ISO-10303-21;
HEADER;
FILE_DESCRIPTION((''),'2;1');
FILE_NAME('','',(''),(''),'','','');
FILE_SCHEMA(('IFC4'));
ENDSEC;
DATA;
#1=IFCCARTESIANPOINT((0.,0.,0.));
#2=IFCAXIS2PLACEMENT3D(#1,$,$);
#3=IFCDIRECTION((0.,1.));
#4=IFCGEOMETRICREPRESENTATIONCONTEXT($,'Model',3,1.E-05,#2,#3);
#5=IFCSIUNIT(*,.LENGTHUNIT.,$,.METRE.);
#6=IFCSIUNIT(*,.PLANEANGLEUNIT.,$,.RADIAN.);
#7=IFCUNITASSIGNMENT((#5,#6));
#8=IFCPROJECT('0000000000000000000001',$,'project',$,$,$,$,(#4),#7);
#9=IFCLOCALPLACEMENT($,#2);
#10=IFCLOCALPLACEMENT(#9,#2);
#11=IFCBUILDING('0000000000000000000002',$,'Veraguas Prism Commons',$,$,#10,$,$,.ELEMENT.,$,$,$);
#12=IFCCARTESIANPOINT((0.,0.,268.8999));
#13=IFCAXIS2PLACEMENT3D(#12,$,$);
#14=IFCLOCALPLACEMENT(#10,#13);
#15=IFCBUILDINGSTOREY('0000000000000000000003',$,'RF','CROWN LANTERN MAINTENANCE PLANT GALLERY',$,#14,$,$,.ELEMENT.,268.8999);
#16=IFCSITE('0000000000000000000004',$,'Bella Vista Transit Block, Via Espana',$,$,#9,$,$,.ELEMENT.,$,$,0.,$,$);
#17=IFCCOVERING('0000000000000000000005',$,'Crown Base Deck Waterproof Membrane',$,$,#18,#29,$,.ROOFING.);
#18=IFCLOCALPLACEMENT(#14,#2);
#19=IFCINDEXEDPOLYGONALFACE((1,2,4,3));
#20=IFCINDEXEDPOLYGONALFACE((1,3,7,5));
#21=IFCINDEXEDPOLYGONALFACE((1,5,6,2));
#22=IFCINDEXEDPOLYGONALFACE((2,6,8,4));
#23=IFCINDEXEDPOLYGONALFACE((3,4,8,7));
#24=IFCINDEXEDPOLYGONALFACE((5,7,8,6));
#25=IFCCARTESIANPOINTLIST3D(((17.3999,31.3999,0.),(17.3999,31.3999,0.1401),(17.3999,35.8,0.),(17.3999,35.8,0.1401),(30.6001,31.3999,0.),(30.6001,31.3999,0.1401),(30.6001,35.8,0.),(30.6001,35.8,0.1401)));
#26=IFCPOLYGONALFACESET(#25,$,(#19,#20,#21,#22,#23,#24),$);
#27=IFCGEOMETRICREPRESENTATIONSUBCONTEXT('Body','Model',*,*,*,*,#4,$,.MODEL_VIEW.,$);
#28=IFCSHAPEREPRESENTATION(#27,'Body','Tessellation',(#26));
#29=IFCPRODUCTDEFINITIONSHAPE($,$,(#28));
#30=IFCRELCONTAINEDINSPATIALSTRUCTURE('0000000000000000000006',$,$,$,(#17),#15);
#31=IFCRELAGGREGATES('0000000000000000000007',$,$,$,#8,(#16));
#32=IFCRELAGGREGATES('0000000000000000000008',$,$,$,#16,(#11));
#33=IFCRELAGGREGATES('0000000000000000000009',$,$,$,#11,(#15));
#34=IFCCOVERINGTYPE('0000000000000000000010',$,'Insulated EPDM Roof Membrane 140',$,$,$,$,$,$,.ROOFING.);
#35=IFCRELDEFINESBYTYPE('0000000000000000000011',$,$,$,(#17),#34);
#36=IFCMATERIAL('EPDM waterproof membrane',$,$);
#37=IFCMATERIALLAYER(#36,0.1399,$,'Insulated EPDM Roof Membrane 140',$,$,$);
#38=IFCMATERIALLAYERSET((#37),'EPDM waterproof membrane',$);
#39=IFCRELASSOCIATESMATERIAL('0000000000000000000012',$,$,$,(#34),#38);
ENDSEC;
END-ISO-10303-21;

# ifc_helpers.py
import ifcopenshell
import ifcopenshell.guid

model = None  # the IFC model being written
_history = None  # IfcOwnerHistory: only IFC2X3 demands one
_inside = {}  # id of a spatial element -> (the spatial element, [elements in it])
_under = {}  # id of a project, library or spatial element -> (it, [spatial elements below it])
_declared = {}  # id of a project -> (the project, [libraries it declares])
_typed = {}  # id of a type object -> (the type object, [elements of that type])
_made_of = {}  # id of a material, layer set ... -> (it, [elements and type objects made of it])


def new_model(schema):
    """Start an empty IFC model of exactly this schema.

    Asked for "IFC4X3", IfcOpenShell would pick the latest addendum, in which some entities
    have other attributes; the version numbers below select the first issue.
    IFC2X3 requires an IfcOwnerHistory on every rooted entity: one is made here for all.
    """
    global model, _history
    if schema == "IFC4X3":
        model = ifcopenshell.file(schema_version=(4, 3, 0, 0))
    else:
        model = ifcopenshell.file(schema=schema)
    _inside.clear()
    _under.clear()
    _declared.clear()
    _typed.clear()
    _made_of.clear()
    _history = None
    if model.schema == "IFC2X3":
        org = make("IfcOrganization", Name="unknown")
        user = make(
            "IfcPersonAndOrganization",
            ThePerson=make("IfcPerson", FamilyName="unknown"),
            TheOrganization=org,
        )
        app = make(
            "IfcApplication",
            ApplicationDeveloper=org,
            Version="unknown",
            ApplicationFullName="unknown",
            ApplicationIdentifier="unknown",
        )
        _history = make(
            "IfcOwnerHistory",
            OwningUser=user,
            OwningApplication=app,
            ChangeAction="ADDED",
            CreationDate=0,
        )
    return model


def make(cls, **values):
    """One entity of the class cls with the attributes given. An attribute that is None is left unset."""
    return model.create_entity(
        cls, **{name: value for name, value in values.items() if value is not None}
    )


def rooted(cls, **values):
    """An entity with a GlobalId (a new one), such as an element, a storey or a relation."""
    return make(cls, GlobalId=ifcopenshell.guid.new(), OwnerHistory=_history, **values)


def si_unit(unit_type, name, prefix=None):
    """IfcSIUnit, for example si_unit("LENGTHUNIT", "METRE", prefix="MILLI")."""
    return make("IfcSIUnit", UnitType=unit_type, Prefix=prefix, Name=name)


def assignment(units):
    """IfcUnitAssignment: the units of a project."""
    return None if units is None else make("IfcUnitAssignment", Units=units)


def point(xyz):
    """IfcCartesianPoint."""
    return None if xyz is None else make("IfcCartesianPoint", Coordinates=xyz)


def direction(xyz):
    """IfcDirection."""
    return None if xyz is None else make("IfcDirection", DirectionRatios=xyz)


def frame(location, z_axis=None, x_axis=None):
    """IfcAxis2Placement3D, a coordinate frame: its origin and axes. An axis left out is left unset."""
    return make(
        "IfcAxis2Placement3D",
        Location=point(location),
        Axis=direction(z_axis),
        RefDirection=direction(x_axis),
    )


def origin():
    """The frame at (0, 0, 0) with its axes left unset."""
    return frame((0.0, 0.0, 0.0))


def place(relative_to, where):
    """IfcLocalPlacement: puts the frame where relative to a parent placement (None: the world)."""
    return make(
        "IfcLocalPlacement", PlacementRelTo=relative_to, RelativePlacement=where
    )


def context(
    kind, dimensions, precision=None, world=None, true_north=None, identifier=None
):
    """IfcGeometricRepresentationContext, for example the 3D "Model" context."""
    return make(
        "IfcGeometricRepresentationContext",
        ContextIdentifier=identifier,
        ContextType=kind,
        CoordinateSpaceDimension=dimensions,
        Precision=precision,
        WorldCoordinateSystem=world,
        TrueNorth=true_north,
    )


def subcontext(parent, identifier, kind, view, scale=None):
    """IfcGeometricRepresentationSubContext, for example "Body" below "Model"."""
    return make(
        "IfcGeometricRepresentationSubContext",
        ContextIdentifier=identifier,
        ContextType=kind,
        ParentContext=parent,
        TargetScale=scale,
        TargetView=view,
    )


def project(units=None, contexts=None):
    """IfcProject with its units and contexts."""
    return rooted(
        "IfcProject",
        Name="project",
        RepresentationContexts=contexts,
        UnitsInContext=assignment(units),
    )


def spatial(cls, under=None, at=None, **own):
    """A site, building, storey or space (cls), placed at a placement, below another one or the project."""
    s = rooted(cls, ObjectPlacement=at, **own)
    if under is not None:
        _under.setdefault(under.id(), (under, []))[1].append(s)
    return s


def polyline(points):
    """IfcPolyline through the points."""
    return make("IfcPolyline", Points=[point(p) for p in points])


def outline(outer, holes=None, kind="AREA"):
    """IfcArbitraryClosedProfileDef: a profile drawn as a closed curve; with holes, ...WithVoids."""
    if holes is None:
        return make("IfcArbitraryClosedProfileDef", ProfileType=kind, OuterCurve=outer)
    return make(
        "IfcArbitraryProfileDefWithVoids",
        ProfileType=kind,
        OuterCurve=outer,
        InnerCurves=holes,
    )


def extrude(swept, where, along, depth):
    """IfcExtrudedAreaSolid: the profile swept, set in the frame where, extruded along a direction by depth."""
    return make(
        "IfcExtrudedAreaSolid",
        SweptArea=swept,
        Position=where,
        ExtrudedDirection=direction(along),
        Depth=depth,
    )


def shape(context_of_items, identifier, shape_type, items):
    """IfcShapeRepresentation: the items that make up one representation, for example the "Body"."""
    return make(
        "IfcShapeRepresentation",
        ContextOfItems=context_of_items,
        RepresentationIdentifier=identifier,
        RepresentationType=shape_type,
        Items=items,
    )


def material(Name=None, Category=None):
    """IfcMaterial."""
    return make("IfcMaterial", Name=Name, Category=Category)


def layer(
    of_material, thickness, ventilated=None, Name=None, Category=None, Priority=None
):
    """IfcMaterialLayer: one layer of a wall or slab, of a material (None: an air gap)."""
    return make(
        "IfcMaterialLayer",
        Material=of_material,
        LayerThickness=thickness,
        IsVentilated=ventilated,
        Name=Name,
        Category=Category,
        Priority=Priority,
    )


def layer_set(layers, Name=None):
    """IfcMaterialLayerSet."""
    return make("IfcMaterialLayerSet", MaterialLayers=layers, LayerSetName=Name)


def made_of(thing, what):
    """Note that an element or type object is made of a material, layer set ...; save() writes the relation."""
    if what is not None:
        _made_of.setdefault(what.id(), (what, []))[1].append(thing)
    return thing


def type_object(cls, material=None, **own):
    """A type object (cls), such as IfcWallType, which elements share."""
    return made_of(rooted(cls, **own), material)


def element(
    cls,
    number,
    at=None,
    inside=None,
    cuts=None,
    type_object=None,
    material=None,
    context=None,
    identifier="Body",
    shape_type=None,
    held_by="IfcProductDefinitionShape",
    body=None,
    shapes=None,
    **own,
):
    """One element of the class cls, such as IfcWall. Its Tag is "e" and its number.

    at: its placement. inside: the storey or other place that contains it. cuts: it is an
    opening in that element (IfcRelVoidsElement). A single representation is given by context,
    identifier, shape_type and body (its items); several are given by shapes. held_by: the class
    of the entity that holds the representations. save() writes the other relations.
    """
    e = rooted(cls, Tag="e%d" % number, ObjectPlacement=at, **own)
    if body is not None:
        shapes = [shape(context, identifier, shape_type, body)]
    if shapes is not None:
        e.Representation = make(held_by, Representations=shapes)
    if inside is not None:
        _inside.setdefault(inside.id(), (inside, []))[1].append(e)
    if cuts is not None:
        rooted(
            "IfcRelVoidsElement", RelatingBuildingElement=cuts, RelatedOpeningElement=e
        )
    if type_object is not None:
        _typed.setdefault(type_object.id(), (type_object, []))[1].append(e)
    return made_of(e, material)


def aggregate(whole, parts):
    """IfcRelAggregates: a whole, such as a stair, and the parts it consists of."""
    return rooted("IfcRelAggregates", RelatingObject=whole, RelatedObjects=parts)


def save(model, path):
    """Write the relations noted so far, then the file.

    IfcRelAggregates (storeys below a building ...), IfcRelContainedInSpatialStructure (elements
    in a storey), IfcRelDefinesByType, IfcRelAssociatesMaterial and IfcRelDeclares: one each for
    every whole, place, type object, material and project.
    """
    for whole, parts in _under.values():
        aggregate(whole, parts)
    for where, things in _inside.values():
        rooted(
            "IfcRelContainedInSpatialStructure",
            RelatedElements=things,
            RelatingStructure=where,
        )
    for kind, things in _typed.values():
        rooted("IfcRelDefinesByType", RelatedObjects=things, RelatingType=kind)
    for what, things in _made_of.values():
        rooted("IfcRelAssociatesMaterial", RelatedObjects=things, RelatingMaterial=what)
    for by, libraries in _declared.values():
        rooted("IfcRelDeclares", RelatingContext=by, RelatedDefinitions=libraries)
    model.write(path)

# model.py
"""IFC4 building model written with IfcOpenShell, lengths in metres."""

from ifc_helpers import new_model, si_unit, direction, frame, origin, place, context, subcontext, project, spatial, polyline, outline, extrude, material, layer, layer_set, type_object, element, save


model = new_model("IFC4")

# Units and contexts
model_context = context("Model", 3, precision=1e-05, world=origin(), true_north=direction((0.0, 1.0)))
body_context = subcontext(model_context, "Body", "Model", "MODEL_VIEW")
ifc_project = project(units=[si_unit("LENGTHUNIT", "METRE"), si_unit("PLANEANGLEUNIT", "RADIAN")], contexts=[model_context])

# Site, building, storey
site_placement = place(None, origin())
site = spatial("IfcSite", under=ifc_project, at=site_placement, Name="Bella Vista Transit Block, Via Espana", CompositionType="ELEMENT", RefElevation=0.0)
building_placement = place(site_placement, origin())
building = spatial("IfcBuilding", under=site, at=building_placement, Name="Veraguas Prism Commons", CompositionType="ELEMENT")
storey_placement = place(building_placement, frame((0.0, 0.0, 268.8999)))
storey = spatial("IfcBuildingStorey", under=building, at=storey_placement, Name="RF", Description="CROWN LANTERN MAINTENANCE PLANT GALLERY", CompositionType="ELEMENT", Elevation=268.8999)

# Covering
ifc_material_1 = material(Name="EPDM waterproof membrane")
ifc_layer_1 = layer(ifc_material_1, 0.1399, Name="Insulated EPDM Roof Membrane 140")
ifc_layer_set_1 = layer_set([ifc_layer_1], Name="EPDM waterproof membrane")
covering_type = type_object("IfcCoveringType", Name="Insulated EPDM Roof Membrane 140", PredefinedType="ROOFING", material=ifc_layer_set_1)
covering_placement = place(storey_placement, origin())
element("IfcCovering", 1, at=covering_placement, inside=storey, type_object=covering_type, Name="Crown Base Deck Waterproof Membrane", PredefinedType="ROOFING", context=body_context, shape_type="SweptSolid", body=[
    extrude(outline(polyline([(17.3999, 31.3999), (30.6001, 31.3999), (30.6001, 35.8), (17.3999, 35.8), (17.3999, 31.3999)])), origin(), (0.0, 0.0, 1.0), 0.1401),
])

save(model, "model.ifc")
